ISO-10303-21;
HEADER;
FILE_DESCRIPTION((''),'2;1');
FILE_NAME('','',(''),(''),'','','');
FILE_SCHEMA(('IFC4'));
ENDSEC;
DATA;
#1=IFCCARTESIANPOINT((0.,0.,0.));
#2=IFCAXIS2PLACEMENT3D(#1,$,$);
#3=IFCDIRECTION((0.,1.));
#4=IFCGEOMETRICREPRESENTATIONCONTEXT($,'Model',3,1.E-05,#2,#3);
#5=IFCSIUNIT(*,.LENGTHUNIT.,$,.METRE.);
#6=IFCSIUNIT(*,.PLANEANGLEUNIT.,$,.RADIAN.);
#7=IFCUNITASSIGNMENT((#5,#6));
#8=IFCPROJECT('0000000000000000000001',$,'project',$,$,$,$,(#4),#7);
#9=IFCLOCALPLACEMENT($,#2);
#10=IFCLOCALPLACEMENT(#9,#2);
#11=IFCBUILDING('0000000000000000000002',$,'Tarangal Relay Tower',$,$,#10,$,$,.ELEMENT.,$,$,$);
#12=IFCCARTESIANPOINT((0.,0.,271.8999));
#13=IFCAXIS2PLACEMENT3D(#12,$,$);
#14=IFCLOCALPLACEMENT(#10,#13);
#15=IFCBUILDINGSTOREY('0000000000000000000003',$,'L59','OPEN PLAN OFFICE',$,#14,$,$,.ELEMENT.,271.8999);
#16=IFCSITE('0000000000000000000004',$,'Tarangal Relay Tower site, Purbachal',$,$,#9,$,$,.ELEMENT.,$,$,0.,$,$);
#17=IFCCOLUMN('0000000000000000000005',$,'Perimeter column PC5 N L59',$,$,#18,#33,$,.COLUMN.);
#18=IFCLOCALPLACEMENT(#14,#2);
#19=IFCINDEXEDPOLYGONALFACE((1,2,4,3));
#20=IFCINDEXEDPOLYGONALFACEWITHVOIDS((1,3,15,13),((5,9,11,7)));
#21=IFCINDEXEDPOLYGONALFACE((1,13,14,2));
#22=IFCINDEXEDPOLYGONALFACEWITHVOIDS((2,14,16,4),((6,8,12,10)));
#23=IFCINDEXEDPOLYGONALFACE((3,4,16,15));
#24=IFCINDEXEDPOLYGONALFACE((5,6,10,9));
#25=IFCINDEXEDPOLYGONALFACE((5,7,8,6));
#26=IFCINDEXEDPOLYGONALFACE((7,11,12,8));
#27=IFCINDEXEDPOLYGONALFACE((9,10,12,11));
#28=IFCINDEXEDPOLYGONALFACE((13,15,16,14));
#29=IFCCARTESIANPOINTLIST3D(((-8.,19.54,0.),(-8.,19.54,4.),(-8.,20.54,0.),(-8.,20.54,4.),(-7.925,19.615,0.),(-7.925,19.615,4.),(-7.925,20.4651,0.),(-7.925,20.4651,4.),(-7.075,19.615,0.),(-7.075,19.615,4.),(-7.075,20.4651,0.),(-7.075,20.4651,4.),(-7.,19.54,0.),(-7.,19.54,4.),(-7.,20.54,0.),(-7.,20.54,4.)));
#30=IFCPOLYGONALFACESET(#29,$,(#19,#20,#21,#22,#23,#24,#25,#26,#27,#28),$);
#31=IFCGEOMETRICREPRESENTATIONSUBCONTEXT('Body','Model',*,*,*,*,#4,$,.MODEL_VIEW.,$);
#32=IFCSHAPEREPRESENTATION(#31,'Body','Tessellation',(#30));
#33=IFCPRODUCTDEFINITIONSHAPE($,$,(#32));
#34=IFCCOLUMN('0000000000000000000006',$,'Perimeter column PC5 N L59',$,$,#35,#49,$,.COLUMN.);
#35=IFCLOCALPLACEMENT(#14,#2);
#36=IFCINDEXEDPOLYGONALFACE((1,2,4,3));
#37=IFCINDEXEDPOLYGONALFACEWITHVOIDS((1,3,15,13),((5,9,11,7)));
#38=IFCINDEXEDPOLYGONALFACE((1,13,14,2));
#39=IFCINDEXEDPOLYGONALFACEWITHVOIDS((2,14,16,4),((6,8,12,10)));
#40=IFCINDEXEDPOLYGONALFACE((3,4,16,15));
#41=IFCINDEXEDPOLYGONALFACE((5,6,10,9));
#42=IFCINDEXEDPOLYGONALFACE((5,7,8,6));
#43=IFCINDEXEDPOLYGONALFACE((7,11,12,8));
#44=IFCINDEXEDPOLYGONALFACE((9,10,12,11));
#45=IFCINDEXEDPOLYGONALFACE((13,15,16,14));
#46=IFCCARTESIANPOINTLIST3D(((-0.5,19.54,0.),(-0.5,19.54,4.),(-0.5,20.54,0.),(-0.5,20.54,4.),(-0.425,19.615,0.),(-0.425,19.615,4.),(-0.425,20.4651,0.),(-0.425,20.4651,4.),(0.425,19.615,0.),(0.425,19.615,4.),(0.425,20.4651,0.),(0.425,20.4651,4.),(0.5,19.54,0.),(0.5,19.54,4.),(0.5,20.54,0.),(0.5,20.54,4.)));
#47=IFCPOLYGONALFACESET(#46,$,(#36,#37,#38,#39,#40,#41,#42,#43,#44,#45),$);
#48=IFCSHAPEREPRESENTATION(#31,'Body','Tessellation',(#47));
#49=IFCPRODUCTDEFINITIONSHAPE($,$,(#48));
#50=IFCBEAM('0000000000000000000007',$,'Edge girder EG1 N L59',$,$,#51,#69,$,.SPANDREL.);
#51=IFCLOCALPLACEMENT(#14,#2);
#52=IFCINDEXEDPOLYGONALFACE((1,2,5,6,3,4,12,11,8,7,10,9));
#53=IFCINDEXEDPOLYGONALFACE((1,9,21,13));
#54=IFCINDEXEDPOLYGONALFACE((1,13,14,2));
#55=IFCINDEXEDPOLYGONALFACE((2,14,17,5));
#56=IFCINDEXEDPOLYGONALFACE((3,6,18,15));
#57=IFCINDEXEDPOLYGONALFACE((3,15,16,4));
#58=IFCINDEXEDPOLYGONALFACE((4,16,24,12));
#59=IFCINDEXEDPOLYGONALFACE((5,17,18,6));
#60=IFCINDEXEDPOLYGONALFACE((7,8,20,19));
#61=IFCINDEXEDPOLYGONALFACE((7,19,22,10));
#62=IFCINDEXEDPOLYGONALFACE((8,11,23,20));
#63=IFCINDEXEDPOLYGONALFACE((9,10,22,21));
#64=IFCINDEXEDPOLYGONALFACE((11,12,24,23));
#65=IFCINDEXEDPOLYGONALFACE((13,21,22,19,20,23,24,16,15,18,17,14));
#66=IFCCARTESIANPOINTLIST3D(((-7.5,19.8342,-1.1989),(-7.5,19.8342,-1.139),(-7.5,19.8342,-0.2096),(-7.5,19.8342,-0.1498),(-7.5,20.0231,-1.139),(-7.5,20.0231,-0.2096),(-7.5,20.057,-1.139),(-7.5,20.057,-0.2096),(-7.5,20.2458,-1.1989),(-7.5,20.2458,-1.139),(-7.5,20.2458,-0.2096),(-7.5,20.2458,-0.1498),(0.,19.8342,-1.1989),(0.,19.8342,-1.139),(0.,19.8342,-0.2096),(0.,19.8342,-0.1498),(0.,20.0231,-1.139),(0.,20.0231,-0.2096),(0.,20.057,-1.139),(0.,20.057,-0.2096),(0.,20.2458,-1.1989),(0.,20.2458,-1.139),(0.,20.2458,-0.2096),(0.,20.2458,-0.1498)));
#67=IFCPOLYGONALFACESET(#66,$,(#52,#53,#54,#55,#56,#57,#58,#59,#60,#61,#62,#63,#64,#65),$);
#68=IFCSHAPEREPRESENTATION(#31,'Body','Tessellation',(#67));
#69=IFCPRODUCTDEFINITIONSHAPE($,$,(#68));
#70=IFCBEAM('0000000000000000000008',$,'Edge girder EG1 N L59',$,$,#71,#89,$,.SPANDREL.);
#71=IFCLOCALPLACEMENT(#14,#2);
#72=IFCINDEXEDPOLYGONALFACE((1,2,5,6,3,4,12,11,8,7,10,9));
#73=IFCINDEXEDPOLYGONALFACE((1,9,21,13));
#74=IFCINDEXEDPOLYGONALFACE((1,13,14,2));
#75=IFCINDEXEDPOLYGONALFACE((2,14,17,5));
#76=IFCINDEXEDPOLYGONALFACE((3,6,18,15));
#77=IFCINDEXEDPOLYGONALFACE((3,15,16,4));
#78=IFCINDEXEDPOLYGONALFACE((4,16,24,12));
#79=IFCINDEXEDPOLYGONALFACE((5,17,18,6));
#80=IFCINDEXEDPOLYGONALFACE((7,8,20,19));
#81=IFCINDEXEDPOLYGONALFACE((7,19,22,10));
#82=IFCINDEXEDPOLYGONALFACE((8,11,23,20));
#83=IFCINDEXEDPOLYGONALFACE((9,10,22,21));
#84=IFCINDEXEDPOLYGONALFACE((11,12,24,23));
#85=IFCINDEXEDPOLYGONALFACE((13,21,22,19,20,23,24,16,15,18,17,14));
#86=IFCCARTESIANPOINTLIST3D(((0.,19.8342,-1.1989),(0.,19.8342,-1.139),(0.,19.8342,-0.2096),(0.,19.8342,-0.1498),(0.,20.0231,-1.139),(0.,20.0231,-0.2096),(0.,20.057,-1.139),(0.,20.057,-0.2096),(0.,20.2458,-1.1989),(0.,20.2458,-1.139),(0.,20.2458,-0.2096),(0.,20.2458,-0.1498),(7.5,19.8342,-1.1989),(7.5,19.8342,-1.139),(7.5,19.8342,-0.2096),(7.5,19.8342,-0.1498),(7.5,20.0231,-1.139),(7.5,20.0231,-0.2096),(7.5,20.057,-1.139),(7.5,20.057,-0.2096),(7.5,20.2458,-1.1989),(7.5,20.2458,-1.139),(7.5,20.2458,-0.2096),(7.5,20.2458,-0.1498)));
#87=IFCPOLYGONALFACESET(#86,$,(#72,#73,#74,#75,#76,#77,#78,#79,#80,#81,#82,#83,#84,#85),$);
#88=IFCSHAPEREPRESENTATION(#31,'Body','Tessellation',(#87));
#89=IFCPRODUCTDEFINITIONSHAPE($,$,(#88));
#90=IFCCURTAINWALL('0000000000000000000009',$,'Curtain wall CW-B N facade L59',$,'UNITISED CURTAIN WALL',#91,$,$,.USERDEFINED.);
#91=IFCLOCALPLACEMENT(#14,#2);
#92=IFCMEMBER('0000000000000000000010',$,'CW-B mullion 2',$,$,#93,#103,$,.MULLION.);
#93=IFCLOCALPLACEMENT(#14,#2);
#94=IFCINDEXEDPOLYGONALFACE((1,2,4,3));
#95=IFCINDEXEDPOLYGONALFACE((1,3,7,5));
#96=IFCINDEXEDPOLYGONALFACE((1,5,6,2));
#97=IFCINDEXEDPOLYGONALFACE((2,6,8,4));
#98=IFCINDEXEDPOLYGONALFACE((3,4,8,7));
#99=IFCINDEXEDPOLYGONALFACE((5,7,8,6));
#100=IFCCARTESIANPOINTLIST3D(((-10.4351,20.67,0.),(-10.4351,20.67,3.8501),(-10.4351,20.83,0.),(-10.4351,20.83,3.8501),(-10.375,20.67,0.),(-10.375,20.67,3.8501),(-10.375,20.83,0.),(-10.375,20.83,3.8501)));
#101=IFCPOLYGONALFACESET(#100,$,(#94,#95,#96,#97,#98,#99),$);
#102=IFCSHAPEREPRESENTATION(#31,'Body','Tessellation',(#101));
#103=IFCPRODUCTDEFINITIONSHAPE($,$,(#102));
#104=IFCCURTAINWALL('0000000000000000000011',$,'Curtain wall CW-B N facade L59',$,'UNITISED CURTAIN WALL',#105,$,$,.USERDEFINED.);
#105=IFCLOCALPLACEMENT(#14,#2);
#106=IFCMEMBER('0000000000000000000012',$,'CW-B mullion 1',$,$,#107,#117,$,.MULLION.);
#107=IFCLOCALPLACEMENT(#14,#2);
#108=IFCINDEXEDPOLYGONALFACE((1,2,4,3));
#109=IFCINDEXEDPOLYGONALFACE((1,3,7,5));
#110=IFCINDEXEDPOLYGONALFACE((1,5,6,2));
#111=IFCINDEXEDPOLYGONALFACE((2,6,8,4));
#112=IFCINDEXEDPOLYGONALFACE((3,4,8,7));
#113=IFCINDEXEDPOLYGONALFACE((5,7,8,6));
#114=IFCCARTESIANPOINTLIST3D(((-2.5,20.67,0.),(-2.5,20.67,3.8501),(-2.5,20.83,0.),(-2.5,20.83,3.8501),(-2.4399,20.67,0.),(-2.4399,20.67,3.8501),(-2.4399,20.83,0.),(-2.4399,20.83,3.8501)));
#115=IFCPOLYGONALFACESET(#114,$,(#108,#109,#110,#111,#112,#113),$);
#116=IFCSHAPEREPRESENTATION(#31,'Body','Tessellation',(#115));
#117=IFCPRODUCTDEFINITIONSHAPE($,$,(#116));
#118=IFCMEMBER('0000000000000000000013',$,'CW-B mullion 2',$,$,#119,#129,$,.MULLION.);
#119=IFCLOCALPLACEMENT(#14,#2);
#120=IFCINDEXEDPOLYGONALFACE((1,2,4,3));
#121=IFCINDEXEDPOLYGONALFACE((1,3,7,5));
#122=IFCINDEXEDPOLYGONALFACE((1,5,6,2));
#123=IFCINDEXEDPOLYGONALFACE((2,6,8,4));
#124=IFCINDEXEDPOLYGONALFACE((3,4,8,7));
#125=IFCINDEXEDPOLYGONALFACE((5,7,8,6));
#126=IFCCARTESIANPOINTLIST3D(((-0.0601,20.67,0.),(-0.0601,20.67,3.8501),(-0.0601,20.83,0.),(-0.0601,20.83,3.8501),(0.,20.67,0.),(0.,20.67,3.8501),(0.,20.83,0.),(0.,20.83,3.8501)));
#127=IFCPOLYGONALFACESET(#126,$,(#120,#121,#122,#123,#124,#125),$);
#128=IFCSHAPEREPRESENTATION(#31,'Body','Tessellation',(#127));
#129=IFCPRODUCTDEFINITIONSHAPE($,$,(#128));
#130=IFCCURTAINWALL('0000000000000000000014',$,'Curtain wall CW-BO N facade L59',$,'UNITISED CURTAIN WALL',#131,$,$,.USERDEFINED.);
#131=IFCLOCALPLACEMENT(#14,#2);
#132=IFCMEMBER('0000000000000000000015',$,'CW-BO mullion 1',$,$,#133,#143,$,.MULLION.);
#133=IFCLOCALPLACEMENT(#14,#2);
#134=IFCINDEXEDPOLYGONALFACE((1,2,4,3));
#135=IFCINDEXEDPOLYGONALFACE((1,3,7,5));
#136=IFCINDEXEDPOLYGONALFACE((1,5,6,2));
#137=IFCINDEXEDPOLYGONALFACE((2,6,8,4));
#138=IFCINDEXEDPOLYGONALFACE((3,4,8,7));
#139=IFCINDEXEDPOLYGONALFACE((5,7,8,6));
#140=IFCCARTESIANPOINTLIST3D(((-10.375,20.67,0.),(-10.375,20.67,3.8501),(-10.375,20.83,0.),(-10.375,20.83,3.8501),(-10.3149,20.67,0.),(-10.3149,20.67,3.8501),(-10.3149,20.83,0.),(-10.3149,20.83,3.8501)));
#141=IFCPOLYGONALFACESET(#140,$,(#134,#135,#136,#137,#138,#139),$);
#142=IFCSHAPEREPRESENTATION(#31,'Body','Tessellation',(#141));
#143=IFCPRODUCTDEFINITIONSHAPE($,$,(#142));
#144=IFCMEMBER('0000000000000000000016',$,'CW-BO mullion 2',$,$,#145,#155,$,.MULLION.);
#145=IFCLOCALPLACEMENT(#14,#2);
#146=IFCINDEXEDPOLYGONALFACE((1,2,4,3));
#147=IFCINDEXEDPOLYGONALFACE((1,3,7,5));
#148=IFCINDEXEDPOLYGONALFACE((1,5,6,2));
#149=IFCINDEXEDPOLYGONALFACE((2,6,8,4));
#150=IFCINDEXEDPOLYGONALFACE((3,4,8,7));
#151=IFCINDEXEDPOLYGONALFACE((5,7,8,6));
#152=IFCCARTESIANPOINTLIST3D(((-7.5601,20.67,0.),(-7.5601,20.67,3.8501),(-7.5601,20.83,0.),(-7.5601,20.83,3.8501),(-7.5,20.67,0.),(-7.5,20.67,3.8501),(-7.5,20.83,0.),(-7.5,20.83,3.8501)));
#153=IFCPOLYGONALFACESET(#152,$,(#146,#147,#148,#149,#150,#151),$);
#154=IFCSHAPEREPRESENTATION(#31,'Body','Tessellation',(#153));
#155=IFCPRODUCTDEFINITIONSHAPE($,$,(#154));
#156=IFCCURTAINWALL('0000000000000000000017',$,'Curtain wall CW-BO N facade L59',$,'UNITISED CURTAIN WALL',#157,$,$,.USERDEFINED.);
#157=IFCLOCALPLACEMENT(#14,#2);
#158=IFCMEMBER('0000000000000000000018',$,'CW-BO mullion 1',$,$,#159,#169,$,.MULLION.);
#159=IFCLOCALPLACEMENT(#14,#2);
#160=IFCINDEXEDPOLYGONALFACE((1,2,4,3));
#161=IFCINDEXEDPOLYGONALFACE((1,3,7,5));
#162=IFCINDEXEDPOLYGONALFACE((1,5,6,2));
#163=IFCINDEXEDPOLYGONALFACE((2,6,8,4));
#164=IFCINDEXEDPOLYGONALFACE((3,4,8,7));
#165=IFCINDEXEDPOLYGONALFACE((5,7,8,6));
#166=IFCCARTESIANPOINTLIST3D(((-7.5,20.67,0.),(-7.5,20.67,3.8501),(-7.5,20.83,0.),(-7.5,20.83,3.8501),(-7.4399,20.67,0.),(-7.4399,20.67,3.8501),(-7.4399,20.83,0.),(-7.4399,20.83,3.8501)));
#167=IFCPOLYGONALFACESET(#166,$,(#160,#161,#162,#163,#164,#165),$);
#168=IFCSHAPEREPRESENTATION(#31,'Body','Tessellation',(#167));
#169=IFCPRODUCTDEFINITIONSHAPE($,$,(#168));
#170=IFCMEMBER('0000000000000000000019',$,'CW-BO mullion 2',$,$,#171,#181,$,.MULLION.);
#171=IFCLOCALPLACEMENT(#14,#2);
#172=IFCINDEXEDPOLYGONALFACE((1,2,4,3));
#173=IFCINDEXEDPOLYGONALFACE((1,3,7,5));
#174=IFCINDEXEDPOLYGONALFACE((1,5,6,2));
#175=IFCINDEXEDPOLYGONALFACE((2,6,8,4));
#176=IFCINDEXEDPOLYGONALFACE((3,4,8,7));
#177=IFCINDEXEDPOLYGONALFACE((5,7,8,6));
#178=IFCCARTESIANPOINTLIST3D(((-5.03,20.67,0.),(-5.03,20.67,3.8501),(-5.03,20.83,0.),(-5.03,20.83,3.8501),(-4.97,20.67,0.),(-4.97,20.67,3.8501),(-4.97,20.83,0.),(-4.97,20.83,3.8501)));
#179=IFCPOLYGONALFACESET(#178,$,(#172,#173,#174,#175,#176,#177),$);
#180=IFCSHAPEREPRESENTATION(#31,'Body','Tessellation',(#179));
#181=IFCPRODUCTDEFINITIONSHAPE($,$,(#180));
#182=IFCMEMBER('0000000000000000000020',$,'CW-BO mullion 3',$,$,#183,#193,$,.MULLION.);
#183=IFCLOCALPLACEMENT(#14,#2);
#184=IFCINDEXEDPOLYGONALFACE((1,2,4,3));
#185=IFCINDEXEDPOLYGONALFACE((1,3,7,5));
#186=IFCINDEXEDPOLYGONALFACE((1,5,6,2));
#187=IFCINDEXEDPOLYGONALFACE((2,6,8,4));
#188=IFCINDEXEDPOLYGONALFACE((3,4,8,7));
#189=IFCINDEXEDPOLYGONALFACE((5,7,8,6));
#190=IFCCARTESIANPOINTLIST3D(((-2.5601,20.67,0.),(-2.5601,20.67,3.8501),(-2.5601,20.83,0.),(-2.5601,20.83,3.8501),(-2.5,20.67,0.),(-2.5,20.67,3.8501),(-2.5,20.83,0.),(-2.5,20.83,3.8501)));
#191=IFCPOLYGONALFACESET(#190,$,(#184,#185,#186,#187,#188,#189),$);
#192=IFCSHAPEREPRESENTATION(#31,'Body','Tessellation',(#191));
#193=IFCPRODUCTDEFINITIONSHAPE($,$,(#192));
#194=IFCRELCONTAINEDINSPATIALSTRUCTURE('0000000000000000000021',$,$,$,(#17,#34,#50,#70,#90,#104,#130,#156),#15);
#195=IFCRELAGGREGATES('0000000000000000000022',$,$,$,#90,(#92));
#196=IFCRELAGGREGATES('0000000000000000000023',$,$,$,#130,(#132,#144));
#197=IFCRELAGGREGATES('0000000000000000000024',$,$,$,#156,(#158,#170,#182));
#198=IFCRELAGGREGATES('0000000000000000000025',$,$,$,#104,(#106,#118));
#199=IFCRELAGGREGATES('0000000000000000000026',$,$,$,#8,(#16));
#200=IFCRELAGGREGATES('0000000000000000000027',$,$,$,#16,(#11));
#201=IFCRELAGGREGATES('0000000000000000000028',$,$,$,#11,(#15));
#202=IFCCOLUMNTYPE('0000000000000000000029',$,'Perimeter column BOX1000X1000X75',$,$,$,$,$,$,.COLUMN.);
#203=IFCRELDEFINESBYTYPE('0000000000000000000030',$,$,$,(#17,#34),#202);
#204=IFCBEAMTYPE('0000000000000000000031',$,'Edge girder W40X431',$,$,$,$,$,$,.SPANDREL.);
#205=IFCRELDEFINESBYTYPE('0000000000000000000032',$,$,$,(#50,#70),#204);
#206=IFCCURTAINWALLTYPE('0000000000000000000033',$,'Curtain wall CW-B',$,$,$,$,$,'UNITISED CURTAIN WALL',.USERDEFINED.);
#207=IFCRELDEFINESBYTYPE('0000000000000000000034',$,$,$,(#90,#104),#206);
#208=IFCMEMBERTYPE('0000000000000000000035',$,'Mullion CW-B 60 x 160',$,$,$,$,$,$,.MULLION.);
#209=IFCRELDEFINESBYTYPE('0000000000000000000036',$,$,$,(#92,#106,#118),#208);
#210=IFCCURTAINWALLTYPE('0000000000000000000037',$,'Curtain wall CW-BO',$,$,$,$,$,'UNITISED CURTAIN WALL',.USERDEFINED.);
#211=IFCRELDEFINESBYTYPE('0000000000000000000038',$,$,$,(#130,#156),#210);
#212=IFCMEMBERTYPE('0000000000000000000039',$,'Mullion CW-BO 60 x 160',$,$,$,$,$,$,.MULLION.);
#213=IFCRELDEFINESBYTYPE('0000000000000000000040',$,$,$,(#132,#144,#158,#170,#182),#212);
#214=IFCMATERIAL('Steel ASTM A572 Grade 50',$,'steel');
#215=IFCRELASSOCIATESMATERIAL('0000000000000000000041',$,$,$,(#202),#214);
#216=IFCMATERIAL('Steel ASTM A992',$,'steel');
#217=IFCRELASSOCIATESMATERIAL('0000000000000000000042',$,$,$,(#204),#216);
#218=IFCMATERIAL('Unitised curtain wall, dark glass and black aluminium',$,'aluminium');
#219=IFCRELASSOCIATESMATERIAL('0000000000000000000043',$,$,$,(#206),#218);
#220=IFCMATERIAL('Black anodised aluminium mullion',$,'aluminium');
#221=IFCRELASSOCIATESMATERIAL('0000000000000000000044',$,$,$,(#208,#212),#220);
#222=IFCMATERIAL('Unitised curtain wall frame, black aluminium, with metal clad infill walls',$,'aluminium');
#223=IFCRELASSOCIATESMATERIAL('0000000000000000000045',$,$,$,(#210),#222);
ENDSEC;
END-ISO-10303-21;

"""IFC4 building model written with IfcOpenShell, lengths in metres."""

from ifc_helpers import new_model, si_unit, direction, frame, origin, origin_2d, place, context, subcontext, project, spatial, rectangle, hollow_rectangle, i_section, extrude, material, material_profile, profile_set, type_object, element, aggregate, save


model = new_model("IFC4")

# Units and contexts
model_context = context("Model", 3, precision=1e-05, world=origin(), true_north=direction((0.0, 1.0)))
body_context = subcontext(model_context, "Body", "Model", "MODEL_VIEW")
ifc_project = project(units=[si_unit("LENGTHUNIT", "METRE"), si_unit("PLANEANGLEUNIT", "RADIAN")], contexts=[model_context])

# Site, building, storey
site_placement = place(None, origin())
site = spatial("IfcSite", under=ifc_project, at=site_placement, Name="Tarangal Relay Tower site, Purbachal", CompositionType="ELEMENT", RefElevation=0.0)
building_placement = place(site_placement, origin())
building = spatial("IfcBuilding", under=site, at=building_placement, Name="Tarangal Relay Tower", CompositionType="ELEMENT")
storey_placement = place(building_placement, frame((0.0, 0.0, 271.8999)))
storey = spatial("IfcBuildingStorey", under=building, at=storey_placement, Name="L59", Description="OPEN PLAN OFFICE", CompositionType="ELEMENT", Elevation=271.8999)

# Columns
ifc_material_1 = material(Name="Steel ASTM A572 Grade 50", Category="steel")
ifc_material_profile_1 = material_profile(ifc_material_1, hollow_rectangle(XDim=1.0, YDim=1.0, WallThickness=0.075, at=origin_2d()), Name="BOX1000X1000X75")
ifc_profile_set_1 = profile_set([ifc_material_profile_1], Name="Steel ASTM A572 Grade 50")
column_type = type_object("IfcColumnType", Name="Perimeter column BOX1000X1000X75", PredefinedType="COLUMN", material=ifc_profile_set_1)
for number, where, z_axis, x_axis, name in (
    (1, (-7.5, 20.04, 0.0), (0.0, 0.0, 1.0), (1.0, 0.0, 0.0), "Perimeter column PC5 N L59"),
    (2, (0.0, 20.04, 0.0), (0.0, 0.0, 1.0), (1.0, 0.0, 0.0), "Perimeter column PC5 N L59"),
):
    element("IfcColumn", number, at=place(storey_placement, frame(where, z_axis=z_axis, x_axis=x_axis)), inside=storey, type_object=column_type, Name=name, PredefinedType="COLUMN", context=body_context, shape_type="SweptSolid", body=[
        extrude(hollow_rectangle(XDim=1.0, YDim=1.0, WallThickness=0.075, at=origin_2d()), origin(), (0.0, 0.0, 1.0), 4.0),
    ])

# Beams
ifc_material_2 = material(Name="Steel ASTM A992", Category="steel")
ifc_material_profile_2 = material_profile(ifc_material_2, i_section(OverallWidth=0.4116, OverallDepth=1.0491, WebThickness=0.0339, FlangeThickness=0.0598, at=origin_2d()), Name="W40X431")
ifc_profile_set_2 = profile_set([ifc_material_profile_2], Name="Steel ASTM A992")
beam_type = type_object("IfcBeamType", Name="Edge girder W40X431", PredefinedType="SPANDREL", material=ifc_profile_set_2)
for number, where, z_axis, x_axis, name in (
    (3, (-7.5, 20.04, -0.6743), (1.0, 0.0, 0.0), (0.0, 1.0, 0.0), "Edge girder EG1 N L59"),
    (4, (0.0, 20.04, -0.6743), (1.0, 0.0, 0.0), (0.0, 1.0, 0.0), "Edge girder EG1 N L59"),
):
    element("IfcBeam", number, at=place(storey_placement, frame(where, z_axis=z_axis, x_axis=x_axis)), inside=storey, type_object=beam_type, Name=name, PredefinedType="SPANDREL", context=body_context, shape_type="SweptSolid", body=[
        extrude(i_section(OverallWidth=0.4116, OverallDepth=1.0491, WebThickness=0.0339, FlangeThickness=0.0598, at=origin_2d()), origin(), (0.0, 0.0, 1.0), 7.5),
    ])

# Curtain wall, member
ifc_material_3 = material(Name="Unitised curtain wall, dark glass and black aluminium", Category="aluminium")
curtain_wall_type_1 = type_object("IfcCurtainWallType", Name="Curtain wall CW-B", ElementType="UNITISED CURTAIN WALL", PredefinedType="USERDEFINED", material=ifc_material_3)
curtain_wall_1_placement = place(storey_placement, origin())
curtain_wall_1 = element("IfcCurtainWall", 5, at=curtain_wall_1_placement, inside=storey, type_object=curtain_wall_type_1, Name="Curtain wall CW-B N facade L59", ObjectType="UNITISED CURTAIN WALL", PredefinedType="USERDEFINED")
ifc_material_4 = material(Name="Black anodised aluminium mullion", Category="aluminium")
ifc_material_profile_3 = material_profile(ifc_material_4, rectangle(XDim=0.1599, YDim=0.0601, at=origin_2d()), Name="CW-BM 60X160")
ifc_profile_set_3 = profile_set([ifc_material_profile_3], Name="Black anodised aluminium mullion")
member_type_1 = type_object("IfcMemberType", Name="Mullion CW-B 60 x 160", PredefinedType="MULLION", material=ifc_profile_set_3)
member_1_placement = place(storey_placement, frame((-10.405, 20.75, 0.0), z_axis=(0.0, 0.0, 1.0), x_axis=(0.0, 1.0, 0.0)))
member_1 = element("IfcMember", 6, at=member_1_placement, type_object=member_type_1, Name="CW-B mullion 2", PredefinedType="MULLION", context=body_context, shape_type="SweptSolid", body=[
    extrude(rectangle(XDim=0.1599, YDim=0.0601, at=origin_2d()), origin(), (0.0, 0.0, 1.0), 3.8501),
])
aggregate(curtain_wall_1, [member_1])

# Curtain walls, members
curtain_wall_2_placement = place(storey_placement, origin())
curtain_wall_2 = element("IfcCurtainWall", 7, at=curtain_wall_2_placement, inside=storey, type_object=curtain_wall_type_1, Name="Curtain wall CW-B N facade L59", ObjectType="UNITISED CURTAIN WALL", PredefinedType="USERDEFINED")
member_2_placement = place(storey_placement, frame((-2.47, 20.75, 0.0), z_axis=(0.0, 0.0, 1.0), x_axis=(0.0, 1.0, 0.0)))
member_2 = element("IfcMember", 8, at=member_2_placement, type_object=member_type_1, Name="CW-B mullion 1", PredefinedType="MULLION", context=body_context, shape_type="SweptSolid", body=[
    extrude(rectangle(XDim=0.1599, YDim=0.0601, at=origin_2d()), origin(), (0.0, 0.0, 1.0), 3.8501),
])
member_3_placement = place(storey_placement, frame((-0.03, 20.75, 0.0), z_axis=(0.0, 0.0, 1.0), x_axis=(0.0, 1.0, 0.0)))
member_3 = element("IfcMember", 9, at=member_3_placement, type_object=member_type_1, Name="CW-B mullion 2", PredefinedType="MULLION", context=body_context, shape_type="SweptSolid", body=[
    extrude(rectangle(XDim=0.1599, YDim=0.0601, at=origin_2d()), origin(), (0.0, 0.0, 1.0), 3.8501),
])
ifc_material_5 = material(Name="Unitised curtain wall frame, black aluminium, with metal clad infill walls", Category="aluminium")
curtain_wall_type_2 = type_object("IfcCurtainWallType", Name="Curtain wall CW-BO", ElementType="UNITISED CURTAIN WALL", PredefinedType="USERDEFINED", material=ifc_material_5)
curtain_wall_3_placement = place(storey_placement, origin())
curtain_wall_3 = element("IfcCurtainWall", 10, at=curtain_wall_3_placement, inside=storey, type_object=curtain_wall_type_2, Name="Curtain wall CW-BO N facade L59", ObjectType="UNITISED CURTAIN WALL", PredefinedType="USERDEFINED")
ifc_material_profile_4 = material_profile(ifc_material_4, rectangle(XDim=0.1599, YDim=0.0601, at=origin_2d()), Name="CW-BOM 60X160")
ifc_profile_set_4 = profile_set([ifc_material_profile_4], Name="Black anodised aluminium mullion")
member_type_2 = type_object("IfcMemberType", Name="Mullion CW-BO 60 x 160", PredefinedType="MULLION", material=ifc_profile_set_4)
member_4_placement = place(storey_placement, frame((-10.345, 20.75, 0.0), z_axis=(0.0, 0.0, 1.0), x_axis=(0.0, 1.0, 0.0)))
member_4 = element("IfcMember", 11, at=member_4_placement, type_object=member_type_2, Name="CW-BO mullion 1", PredefinedType="MULLION", context=body_context, shape_type="SweptSolid", body=[
    extrude(rectangle(XDim=0.1599, YDim=0.0601, at=origin_2d()), origin(), (0.0, 0.0, 1.0), 3.8501),
])
member_5_placement = place(storey_placement, frame((-7.53, 20.75, 0.0), z_axis=(0.0, 0.0, 1.0), x_axis=(0.0, 1.0, 0.0)))
member_5 = element("IfcMember", 12, at=member_5_placement, type_object=member_type_2, Name="CW-BO mullion 2", PredefinedType="MULLION", context=body_context, shape_type="SweptSolid", body=[
    extrude(rectangle(XDim=0.1599, YDim=0.0601, at=origin_2d()), origin(), (0.0, 0.0, 1.0), 3.8501),
])
curtain_wall_4_placement = place(storey_placement, origin())
curtain_wall_4 = element("IfcCurtainWall", 13, at=curtain_wall_4_placement, inside=storey, type_object=curtain_wall_type_2, Name="Curtain wall CW-BO N facade L59", ObjectType="UNITISED CURTAIN WALL", PredefinedType="USERDEFINED")
member_6_placement = place(storey_placement, frame((-7.47, 20.75, 0.0), z_axis=(0.0, 0.0, 1.0), x_axis=(0.0, 1.0, 0.0)))
member_6 = element("IfcMember", 14, at=member_6_placement, type_object=member_type_2, Name="CW-BO mullion 1", PredefinedType="MULLION", context=body_context, shape_type="SweptSolid", body=[
    extrude(rectangle(XDim=0.1599, YDim=0.0601, at=origin_2d()), origin(), (0.0, 0.0, 1.0), 3.8501),
])
member_7_placement = place(storey_placement, frame((-5.0, 20.75, 0.0), z_axis=(0.0, 0.0, 1.0), x_axis=(0.0, 1.0, 0.0)))
member_7 = element("IfcMember", 15, at=member_7_placement, type_object=member_type_2, Name="CW-BO mullion 2", PredefinedType="MULLION", context=body_context, shape_type="SweptSolid", body=[
    extrude(rectangle(XDim=0.1599, YDim=0.0601, at=origin_2d()), origin(), (0.0, 0.0, 1.0), 3.8501),
])
member_8_placement = place(storey_placement, frame((-2.53, 20.75, 0.0), z_axis=(0.0, 0.0, 1.0), x_axis=(0.0, 1.0, 0.0)))
member_8 = element("IfcMember", 16, at=member_8_placement, type_object=member_type_2, Name="CW-BO mullion 3", PredefinedType="MULLION", context=body_context, shape_type="SweptSolid", body=[
    extrude(rectangle(XDim=0.1599, YDim=0.0601, at=origin_2d()), origin(), (0.0, 0.0, 1.0), 3.8501),
])

aggregate(curtain_wall_3, [member_4, member_5])
aggregate(curtain_wall_4, [member_6, member_7, member_8])

aggregate(curtain_wall_2, [member_2, member_3])

save(model, "model.ifc")
